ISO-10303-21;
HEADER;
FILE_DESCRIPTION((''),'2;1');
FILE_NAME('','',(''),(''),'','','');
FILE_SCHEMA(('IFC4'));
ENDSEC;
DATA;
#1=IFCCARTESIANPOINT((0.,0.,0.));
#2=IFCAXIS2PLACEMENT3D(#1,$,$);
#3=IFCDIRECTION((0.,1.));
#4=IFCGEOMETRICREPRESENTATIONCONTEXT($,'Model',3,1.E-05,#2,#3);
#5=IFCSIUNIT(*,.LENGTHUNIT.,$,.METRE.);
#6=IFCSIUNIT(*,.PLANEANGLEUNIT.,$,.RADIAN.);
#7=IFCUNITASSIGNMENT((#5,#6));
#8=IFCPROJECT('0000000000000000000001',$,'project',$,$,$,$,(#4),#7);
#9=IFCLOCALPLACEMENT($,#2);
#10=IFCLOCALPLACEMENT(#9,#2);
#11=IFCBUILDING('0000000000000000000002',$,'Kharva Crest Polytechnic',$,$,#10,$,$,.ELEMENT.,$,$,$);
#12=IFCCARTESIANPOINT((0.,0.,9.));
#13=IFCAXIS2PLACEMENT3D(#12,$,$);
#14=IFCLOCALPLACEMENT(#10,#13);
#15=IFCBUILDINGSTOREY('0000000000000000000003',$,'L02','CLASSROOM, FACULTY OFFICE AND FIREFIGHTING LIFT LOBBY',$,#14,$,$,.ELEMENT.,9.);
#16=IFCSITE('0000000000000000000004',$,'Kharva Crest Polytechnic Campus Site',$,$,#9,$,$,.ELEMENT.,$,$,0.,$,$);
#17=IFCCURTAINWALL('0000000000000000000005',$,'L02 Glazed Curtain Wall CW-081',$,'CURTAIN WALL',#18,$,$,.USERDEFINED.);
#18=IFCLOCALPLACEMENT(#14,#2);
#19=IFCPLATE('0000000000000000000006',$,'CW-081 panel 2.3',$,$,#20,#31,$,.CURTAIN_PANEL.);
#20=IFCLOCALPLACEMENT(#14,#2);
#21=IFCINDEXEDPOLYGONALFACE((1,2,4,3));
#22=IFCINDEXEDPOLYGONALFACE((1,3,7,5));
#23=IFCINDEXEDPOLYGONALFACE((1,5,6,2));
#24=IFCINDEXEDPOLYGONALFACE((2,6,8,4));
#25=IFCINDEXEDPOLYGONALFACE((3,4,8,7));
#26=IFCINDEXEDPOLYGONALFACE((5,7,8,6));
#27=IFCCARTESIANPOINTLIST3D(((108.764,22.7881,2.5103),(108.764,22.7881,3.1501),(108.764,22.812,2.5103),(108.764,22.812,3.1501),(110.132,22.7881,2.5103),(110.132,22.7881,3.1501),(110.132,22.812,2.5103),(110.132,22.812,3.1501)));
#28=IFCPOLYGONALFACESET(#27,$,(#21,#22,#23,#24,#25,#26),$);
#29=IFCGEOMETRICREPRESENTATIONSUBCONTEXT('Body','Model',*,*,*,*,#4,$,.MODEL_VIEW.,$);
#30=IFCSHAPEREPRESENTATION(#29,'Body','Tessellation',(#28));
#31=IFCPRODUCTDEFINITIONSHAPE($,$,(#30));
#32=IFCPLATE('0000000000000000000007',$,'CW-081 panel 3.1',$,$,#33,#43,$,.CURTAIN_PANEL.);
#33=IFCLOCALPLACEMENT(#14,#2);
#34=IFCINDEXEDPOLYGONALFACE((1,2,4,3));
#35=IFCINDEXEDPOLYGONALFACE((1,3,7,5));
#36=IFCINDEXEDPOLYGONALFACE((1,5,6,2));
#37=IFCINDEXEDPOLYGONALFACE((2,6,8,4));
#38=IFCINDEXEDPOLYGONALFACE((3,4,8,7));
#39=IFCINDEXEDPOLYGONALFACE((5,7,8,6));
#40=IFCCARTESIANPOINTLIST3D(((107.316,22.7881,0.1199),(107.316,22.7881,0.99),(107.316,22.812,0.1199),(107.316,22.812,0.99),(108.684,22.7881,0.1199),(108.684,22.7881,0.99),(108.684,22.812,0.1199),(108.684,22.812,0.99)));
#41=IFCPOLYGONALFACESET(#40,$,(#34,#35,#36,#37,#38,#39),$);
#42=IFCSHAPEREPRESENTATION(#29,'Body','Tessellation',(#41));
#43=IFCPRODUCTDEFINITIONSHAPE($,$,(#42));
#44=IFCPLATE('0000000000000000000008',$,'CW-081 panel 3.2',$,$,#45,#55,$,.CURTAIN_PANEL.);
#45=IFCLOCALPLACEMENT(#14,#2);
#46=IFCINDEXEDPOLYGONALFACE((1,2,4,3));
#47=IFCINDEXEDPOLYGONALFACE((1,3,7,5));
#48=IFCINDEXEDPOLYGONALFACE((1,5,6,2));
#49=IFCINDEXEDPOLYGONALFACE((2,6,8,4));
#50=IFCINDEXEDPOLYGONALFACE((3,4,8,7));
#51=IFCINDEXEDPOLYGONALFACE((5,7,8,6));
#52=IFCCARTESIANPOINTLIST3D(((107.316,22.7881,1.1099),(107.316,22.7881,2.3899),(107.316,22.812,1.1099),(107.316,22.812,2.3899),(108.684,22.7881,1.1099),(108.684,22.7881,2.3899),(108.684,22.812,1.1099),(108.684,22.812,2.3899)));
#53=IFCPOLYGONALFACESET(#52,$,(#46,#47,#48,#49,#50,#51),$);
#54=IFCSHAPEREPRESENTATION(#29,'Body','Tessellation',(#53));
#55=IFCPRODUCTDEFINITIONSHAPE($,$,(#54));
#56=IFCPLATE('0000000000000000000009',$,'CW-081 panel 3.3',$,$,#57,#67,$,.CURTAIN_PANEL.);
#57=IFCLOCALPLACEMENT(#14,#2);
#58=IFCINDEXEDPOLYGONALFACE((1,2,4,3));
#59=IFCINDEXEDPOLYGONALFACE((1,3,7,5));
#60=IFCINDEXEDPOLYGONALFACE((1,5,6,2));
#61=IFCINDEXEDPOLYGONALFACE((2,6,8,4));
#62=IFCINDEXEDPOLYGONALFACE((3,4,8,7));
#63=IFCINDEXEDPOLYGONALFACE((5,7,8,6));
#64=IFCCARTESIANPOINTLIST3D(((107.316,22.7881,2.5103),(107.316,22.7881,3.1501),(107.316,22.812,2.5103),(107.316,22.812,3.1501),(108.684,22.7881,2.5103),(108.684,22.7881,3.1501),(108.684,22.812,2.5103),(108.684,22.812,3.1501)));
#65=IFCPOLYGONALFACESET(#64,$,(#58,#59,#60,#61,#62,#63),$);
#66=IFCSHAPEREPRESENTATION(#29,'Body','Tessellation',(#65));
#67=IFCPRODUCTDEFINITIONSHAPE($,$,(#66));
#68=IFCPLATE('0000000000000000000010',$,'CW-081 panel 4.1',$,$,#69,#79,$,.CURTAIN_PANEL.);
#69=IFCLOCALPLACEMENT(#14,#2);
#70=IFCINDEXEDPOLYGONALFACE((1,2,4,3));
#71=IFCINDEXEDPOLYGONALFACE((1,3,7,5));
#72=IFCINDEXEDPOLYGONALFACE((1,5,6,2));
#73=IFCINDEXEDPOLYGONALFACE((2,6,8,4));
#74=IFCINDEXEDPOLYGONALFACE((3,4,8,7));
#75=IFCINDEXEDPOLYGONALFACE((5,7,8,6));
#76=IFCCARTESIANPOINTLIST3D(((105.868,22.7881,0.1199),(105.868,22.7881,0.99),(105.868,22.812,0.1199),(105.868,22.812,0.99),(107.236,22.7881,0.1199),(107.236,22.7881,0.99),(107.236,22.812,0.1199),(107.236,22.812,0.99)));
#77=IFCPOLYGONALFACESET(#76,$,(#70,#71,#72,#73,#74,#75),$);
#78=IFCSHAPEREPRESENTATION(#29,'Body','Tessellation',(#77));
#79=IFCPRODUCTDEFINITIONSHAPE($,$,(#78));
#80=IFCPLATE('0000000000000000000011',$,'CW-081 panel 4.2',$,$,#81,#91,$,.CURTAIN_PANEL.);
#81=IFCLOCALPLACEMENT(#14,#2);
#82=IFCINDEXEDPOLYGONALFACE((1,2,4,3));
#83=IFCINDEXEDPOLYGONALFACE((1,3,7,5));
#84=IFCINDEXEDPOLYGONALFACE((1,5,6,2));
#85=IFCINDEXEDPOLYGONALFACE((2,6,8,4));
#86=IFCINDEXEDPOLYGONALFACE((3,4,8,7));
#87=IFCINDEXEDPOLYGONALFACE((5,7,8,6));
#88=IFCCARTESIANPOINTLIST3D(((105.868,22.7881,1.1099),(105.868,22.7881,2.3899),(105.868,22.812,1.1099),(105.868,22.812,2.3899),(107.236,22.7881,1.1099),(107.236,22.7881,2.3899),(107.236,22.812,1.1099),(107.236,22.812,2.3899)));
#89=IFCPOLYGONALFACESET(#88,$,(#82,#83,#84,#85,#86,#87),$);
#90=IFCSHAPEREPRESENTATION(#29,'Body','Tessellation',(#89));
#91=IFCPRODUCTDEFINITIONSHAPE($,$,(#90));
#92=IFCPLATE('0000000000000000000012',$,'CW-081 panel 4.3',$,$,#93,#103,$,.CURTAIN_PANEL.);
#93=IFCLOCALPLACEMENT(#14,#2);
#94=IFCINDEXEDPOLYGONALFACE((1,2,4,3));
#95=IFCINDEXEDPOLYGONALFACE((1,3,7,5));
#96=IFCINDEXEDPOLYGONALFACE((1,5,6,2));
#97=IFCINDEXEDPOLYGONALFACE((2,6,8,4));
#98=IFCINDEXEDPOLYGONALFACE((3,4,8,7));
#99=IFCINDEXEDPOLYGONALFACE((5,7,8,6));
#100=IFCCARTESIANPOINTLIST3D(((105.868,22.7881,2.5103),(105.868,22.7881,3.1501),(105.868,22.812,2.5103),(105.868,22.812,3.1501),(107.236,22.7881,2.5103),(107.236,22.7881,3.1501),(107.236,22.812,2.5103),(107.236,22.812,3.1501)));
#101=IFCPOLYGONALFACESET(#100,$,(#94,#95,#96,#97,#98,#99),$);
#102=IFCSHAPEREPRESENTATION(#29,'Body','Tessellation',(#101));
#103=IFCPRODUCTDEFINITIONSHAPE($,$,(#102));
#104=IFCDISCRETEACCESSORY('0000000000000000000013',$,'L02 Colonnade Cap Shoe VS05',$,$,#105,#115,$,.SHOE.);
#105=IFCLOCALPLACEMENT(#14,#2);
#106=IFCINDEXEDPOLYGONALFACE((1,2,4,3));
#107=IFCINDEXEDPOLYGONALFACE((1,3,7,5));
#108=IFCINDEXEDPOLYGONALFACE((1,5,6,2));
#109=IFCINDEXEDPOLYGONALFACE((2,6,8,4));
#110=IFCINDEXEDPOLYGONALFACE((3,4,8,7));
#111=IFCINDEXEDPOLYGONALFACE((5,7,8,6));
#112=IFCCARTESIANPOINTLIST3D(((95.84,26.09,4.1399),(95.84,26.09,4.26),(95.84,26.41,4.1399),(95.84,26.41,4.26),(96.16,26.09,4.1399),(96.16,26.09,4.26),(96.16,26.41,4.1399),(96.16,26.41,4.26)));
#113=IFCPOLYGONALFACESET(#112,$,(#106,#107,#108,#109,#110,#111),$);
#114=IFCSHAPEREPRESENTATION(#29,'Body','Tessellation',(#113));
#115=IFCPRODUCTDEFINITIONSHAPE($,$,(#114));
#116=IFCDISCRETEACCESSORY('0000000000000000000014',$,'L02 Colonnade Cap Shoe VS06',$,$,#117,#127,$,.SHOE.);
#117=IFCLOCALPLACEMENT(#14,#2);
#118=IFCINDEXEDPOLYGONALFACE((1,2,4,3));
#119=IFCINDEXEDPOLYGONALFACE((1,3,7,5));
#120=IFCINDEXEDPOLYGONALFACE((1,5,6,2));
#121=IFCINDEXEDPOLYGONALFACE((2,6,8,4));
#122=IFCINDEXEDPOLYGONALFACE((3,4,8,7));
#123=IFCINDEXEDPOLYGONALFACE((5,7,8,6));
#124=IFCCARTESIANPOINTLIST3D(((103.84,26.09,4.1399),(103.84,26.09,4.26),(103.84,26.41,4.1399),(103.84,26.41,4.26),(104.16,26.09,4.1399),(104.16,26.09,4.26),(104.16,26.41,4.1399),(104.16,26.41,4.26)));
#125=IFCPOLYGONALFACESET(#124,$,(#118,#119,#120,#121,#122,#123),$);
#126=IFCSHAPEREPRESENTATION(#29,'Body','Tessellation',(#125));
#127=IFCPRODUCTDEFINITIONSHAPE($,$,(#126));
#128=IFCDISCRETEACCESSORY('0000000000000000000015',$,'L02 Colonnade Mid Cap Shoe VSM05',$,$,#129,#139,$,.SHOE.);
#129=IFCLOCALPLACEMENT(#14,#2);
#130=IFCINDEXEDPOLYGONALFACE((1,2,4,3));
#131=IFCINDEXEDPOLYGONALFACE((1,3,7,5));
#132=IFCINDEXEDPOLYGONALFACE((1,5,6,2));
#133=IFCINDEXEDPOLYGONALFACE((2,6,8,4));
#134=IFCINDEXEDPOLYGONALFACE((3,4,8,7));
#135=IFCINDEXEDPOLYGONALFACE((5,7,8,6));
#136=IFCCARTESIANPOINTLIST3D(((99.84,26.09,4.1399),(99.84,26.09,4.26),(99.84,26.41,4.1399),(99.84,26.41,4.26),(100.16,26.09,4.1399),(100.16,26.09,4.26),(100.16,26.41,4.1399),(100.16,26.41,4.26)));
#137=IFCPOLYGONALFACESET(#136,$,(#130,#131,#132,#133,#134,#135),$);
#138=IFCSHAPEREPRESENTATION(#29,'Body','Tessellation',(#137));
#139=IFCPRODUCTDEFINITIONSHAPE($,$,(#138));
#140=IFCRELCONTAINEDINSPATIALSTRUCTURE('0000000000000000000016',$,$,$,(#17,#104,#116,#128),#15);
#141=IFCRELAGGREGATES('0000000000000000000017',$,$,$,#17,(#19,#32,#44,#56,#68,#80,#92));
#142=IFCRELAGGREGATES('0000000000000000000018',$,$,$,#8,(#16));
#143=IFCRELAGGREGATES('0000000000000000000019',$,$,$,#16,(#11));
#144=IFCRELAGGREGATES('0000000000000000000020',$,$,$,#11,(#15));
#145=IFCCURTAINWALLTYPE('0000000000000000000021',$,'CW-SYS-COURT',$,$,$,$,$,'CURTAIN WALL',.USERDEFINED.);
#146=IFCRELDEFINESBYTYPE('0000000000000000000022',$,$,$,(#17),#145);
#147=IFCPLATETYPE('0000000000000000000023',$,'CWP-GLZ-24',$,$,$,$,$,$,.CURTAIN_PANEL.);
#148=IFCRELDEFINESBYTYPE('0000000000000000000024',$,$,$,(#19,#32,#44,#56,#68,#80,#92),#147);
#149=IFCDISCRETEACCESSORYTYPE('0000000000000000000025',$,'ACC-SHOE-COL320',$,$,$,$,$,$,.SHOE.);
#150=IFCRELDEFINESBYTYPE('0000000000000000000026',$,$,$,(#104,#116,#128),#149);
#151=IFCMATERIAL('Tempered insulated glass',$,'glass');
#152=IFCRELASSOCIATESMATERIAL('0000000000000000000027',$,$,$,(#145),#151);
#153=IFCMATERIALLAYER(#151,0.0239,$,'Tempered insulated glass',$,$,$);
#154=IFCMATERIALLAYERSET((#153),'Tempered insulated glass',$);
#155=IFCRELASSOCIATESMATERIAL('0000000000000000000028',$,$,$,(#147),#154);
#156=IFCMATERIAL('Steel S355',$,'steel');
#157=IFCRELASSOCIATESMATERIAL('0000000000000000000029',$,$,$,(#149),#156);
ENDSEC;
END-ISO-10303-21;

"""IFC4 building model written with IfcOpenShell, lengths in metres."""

from ifc_helpers import new_model, si_unit, direction, frame, origin, origin_2d, place, context, subcontext, project, spatial, rectangle, extrude, material, layer, layer_set, type_object, element, aggregate, save


model = new_model("IFC4")

# Units and contexts
model_context = context("Model", 3, precision=1e-05, world=origin(), true_north=direction((0.0, 1.0)))
body_context = subcontext(model_context, "Body", "Model", "MODEL_VIEW")
ifc_project = project(units=[si_unit("LENGTHUNIT", "METRE"), si_unit("PLANEANGLEUNIT", "RADIAN")], contexts=[model_context])

# Site, building, storey
site_placement = place(None, origin())
site = spatial("IfcSite", under=ifc_project, at=site_placement, Name="Kharva Crest Polytechnic Campus Site", CompositionType="ELEMENT", RefElevation=0.0)
building_placement = place(site_placement, origin())
building = spatial("IfcBuilding", under=site, at=building_placement, Name="Kharva Crest Polytechnic", CompositionType="ELEMENT")
storey_placement = place(building_placement, frame((0.0, 0.0, 9.0)))
storey = spatial("IfcBuildingStorey", under=building, at=storey_placement, Name="L02", Description="CLASSROOM, FACULTY OFFICE AND FIREFIGHTING LIFT LOBBY", CompositionType="ELEMENT", Elevation=9.0)

# Shared definitions
ifc_material_1 = material(Name="Steel S355", Category="steel")

# Curtain wall, plates
ifc_material_2 = material(Name="Tempered insulated glass", Category="glass")
curtain_wall_type = type_object("IfcCurtainWallType", Name="CW-SYS-COURT", ElementType="CURTAIN WALL", PredefinedType="USERDEFINED", material=ifc_material_2)
curtain_wall_placement = place(storey_placement, origin())
curtain_wall = element("IfcCurtainWall", 1, at=curtain_wall_placement, inside=storey, type_object=curtain_wall_type, Name="L02 Glazed Curtain Wall CW-081", ObjectType="CURTAIN WALL", PredefinedType="USERDEFINED")
ifc_layer = layer(ifc_material_2, 0.0239, Name="Tempered insulated glass")
ifc_layer_set = layer_set([ifc_layer], Name="Tempered insulated glass")
plate_type = type_object("IfcPlateType", Name="CWP-GLZ-24", PredefinedType="CURTAIN_PANEL", material=ifc_layer_set)
plate_1_placement = place(storey_placement, frame((109.448, 22.8, 2.5103), z_axis=(0.0, 0.0, 1.0), x_axis=(-1.0, 0.0, 0.0)))
plate_1 = element("IfcPlate", 2, at=plate_1_placement, type_object=plate_type, Name="CW-081 panel 2.3", PredefinedType="CURTAIN_PANEL", context=body_context, shape_type="SweptSolid", body=[
    extrude(rectangle(XDim=1.3679, YDim=0.0239, at=origin_2d()), origin(), (0.0, 0.0, 1.0), 0.6399),
])
plate_2_placement = place(storey_placement, frame((108.0, 22.8, 0.1199), z_axis=(0.0, 0.0, 1.0), x_axis=(-1.0, 0.0, 0.0)))
plate_2 = element("IfcPlate", 3, at=plate_2_placement, type_object=plate_type, Name="CW-081 panel 3.1", PredefinedType="CURTAIN_PANEL", context=body_context, shape_type="SweptSolid", body=[
    extrude(rectangle(XDim=1.3679, YDim=0.0239, at=origin_2d()), origin(), (0.0, 0.0, 1.0), 0.8701),
])
plate_3_placement = place(storey_placement, frame((108.0, 22.8, 1.1099), z_axis=(0.0, 0.0, 1.0), x_axis=(-1.0, 0.0, 0.0)))
plate_3 = element("IfcPlate", 4, at=plate_3_placement, type_object=plate_type, Name="CW-081 panel 3.2", PredefinedType="CURTAIN_PANEL", context=body_context, shape_type="SweptSolid", body=[
    extrude(rectangle(XDim=1.3679, YDim=0.0239, at=origin_2d()), origin(), (0.0, 0.0, 1.0), 1.28),
])
plate_4_placement = place(storey_placement, frame((108.0, 22.8, 2.5103), z_axis=(0.0, 0.0, 1.0), x_axis=(-1.0, 0.0, 0.0)))
plate_4 = element("IfcPlate", 5, at=plate_4_placement, type_object=plate_type, Name="CW-081 panel 3.3", PredefinedType="CURTAIN_PANEL", context=body_context, shape_type="SweptSolid", body=[
    extrude(rectangle(XDim=1.3679, YDim=0.0239, at=origin_2d()), origin(), (0.0, 0.0, 1.0), 0.6399),
])
plate_5_placement = place(storey_placement, frame((106.552, 22.8, 0.1199), z_axis=(0.0, 0.0, 1.0), x_axis=(-1.0, 0.0, 0.0)))
plate_5 = element("IfcPlate", 6, at=plate_5_placement, type_object=plate_type, Name="CW-081 panel 4.1", PredefinedType="CURTAIN_PANEL", context=body_context, shape_type="SweptSolid", body=[
    extrude(rectangle(XDim=1.3679, YDim=0.0239, at=origin_2d()), origin(), (0.0, 0.0, 1.0), 0.8701),
])
plate_6_placement = place(storey_placement, frame((106.552, 22.8, 1.1099), z_axis=(0.0, 0.0, 1.0), x_axis=(-1.0, 0.0, 0.0)))
plate_6 = element("IfcPlate", 7, at=plate_6_placement, type_object=plate_type, Name="CW-081 panel 4.2", PredefinedType="CURTAIN_PANEL", context=body_context, shape_type="SweptSolid", body=[
    extrude(rectangle(XDim=1.3679, YDim=0.0239, at=origin_2d()), origin(), (0.0, 0.0, 1.0), 1.28),
])
plate_7_placement = place(storey_placement, frame((106.552, 22.8, 2.5103), z_axis=(0.0, 0.0, 1.0), x_axis=(-1.0, 0.0, 0.0)))
plate_7 = element("IfcPlate", 8, at=plate_7_placement, type_object=plate_type, Name="CW-081 panel 4.3", PredefinedType="CURTAIN_PANEL", context=body_context, shape_type="SweptSolid", body=[
    extrude(rectangle(XDim=1.3679, YDim=0.0239, at=origin_2d()), origin(), (0.0, 0.0, 1.0), 0.6399),
])
aggregate(curtain_wall, [plate_1, plate_2, plate_3, plate_4, plate_5, plate_6, plate_7])

# Discrete accessories
discrete_accessory_type = type_object("IfcDiscreteAccessoryType", Name="ACC-SHOE-COL320", PredefinedType="SHOE", material=ifc_material_1)
for number, where, z_axis, x_axis, name in (
    (9, (96.0, 26.25, 4.1399), (0.0, 0.0, 1.0), (1.0, 0.0, 0.0), "L02 Colonnade Cap Shoe VS05"),
    (10, (104.0, 26.25, 4.1399), (0.0, 0.0, 1.0), (1.0, 0.0, 0.0), "L02 Colonnade Cap Shoe VS06"),
    (11, (100.0, 26.25, 4.1399), (0.0, 0.0, 1.0), (1.0, 0.0, 0.0), "L02 Colonnade Mid Cap Shoe VSM05"),
):
    element("IfcDiscreteAccessory", number, at=place(storey_placement, frame(where, z_axis=z_axis, x_axis=x_axis)), inside=storey, type_object=discrete_accessory_type, Name=name, PredefinedType="SHOE", context=body_context, shape_type="SweptSolid", body=[
        extrude(rectangle(XDim=0.3201, YDim=0.3201, at=origin_2d()), origin(), (0.0, 0.0, 1.0), 0.1201),
    ])

save(model, "model.ifc")
